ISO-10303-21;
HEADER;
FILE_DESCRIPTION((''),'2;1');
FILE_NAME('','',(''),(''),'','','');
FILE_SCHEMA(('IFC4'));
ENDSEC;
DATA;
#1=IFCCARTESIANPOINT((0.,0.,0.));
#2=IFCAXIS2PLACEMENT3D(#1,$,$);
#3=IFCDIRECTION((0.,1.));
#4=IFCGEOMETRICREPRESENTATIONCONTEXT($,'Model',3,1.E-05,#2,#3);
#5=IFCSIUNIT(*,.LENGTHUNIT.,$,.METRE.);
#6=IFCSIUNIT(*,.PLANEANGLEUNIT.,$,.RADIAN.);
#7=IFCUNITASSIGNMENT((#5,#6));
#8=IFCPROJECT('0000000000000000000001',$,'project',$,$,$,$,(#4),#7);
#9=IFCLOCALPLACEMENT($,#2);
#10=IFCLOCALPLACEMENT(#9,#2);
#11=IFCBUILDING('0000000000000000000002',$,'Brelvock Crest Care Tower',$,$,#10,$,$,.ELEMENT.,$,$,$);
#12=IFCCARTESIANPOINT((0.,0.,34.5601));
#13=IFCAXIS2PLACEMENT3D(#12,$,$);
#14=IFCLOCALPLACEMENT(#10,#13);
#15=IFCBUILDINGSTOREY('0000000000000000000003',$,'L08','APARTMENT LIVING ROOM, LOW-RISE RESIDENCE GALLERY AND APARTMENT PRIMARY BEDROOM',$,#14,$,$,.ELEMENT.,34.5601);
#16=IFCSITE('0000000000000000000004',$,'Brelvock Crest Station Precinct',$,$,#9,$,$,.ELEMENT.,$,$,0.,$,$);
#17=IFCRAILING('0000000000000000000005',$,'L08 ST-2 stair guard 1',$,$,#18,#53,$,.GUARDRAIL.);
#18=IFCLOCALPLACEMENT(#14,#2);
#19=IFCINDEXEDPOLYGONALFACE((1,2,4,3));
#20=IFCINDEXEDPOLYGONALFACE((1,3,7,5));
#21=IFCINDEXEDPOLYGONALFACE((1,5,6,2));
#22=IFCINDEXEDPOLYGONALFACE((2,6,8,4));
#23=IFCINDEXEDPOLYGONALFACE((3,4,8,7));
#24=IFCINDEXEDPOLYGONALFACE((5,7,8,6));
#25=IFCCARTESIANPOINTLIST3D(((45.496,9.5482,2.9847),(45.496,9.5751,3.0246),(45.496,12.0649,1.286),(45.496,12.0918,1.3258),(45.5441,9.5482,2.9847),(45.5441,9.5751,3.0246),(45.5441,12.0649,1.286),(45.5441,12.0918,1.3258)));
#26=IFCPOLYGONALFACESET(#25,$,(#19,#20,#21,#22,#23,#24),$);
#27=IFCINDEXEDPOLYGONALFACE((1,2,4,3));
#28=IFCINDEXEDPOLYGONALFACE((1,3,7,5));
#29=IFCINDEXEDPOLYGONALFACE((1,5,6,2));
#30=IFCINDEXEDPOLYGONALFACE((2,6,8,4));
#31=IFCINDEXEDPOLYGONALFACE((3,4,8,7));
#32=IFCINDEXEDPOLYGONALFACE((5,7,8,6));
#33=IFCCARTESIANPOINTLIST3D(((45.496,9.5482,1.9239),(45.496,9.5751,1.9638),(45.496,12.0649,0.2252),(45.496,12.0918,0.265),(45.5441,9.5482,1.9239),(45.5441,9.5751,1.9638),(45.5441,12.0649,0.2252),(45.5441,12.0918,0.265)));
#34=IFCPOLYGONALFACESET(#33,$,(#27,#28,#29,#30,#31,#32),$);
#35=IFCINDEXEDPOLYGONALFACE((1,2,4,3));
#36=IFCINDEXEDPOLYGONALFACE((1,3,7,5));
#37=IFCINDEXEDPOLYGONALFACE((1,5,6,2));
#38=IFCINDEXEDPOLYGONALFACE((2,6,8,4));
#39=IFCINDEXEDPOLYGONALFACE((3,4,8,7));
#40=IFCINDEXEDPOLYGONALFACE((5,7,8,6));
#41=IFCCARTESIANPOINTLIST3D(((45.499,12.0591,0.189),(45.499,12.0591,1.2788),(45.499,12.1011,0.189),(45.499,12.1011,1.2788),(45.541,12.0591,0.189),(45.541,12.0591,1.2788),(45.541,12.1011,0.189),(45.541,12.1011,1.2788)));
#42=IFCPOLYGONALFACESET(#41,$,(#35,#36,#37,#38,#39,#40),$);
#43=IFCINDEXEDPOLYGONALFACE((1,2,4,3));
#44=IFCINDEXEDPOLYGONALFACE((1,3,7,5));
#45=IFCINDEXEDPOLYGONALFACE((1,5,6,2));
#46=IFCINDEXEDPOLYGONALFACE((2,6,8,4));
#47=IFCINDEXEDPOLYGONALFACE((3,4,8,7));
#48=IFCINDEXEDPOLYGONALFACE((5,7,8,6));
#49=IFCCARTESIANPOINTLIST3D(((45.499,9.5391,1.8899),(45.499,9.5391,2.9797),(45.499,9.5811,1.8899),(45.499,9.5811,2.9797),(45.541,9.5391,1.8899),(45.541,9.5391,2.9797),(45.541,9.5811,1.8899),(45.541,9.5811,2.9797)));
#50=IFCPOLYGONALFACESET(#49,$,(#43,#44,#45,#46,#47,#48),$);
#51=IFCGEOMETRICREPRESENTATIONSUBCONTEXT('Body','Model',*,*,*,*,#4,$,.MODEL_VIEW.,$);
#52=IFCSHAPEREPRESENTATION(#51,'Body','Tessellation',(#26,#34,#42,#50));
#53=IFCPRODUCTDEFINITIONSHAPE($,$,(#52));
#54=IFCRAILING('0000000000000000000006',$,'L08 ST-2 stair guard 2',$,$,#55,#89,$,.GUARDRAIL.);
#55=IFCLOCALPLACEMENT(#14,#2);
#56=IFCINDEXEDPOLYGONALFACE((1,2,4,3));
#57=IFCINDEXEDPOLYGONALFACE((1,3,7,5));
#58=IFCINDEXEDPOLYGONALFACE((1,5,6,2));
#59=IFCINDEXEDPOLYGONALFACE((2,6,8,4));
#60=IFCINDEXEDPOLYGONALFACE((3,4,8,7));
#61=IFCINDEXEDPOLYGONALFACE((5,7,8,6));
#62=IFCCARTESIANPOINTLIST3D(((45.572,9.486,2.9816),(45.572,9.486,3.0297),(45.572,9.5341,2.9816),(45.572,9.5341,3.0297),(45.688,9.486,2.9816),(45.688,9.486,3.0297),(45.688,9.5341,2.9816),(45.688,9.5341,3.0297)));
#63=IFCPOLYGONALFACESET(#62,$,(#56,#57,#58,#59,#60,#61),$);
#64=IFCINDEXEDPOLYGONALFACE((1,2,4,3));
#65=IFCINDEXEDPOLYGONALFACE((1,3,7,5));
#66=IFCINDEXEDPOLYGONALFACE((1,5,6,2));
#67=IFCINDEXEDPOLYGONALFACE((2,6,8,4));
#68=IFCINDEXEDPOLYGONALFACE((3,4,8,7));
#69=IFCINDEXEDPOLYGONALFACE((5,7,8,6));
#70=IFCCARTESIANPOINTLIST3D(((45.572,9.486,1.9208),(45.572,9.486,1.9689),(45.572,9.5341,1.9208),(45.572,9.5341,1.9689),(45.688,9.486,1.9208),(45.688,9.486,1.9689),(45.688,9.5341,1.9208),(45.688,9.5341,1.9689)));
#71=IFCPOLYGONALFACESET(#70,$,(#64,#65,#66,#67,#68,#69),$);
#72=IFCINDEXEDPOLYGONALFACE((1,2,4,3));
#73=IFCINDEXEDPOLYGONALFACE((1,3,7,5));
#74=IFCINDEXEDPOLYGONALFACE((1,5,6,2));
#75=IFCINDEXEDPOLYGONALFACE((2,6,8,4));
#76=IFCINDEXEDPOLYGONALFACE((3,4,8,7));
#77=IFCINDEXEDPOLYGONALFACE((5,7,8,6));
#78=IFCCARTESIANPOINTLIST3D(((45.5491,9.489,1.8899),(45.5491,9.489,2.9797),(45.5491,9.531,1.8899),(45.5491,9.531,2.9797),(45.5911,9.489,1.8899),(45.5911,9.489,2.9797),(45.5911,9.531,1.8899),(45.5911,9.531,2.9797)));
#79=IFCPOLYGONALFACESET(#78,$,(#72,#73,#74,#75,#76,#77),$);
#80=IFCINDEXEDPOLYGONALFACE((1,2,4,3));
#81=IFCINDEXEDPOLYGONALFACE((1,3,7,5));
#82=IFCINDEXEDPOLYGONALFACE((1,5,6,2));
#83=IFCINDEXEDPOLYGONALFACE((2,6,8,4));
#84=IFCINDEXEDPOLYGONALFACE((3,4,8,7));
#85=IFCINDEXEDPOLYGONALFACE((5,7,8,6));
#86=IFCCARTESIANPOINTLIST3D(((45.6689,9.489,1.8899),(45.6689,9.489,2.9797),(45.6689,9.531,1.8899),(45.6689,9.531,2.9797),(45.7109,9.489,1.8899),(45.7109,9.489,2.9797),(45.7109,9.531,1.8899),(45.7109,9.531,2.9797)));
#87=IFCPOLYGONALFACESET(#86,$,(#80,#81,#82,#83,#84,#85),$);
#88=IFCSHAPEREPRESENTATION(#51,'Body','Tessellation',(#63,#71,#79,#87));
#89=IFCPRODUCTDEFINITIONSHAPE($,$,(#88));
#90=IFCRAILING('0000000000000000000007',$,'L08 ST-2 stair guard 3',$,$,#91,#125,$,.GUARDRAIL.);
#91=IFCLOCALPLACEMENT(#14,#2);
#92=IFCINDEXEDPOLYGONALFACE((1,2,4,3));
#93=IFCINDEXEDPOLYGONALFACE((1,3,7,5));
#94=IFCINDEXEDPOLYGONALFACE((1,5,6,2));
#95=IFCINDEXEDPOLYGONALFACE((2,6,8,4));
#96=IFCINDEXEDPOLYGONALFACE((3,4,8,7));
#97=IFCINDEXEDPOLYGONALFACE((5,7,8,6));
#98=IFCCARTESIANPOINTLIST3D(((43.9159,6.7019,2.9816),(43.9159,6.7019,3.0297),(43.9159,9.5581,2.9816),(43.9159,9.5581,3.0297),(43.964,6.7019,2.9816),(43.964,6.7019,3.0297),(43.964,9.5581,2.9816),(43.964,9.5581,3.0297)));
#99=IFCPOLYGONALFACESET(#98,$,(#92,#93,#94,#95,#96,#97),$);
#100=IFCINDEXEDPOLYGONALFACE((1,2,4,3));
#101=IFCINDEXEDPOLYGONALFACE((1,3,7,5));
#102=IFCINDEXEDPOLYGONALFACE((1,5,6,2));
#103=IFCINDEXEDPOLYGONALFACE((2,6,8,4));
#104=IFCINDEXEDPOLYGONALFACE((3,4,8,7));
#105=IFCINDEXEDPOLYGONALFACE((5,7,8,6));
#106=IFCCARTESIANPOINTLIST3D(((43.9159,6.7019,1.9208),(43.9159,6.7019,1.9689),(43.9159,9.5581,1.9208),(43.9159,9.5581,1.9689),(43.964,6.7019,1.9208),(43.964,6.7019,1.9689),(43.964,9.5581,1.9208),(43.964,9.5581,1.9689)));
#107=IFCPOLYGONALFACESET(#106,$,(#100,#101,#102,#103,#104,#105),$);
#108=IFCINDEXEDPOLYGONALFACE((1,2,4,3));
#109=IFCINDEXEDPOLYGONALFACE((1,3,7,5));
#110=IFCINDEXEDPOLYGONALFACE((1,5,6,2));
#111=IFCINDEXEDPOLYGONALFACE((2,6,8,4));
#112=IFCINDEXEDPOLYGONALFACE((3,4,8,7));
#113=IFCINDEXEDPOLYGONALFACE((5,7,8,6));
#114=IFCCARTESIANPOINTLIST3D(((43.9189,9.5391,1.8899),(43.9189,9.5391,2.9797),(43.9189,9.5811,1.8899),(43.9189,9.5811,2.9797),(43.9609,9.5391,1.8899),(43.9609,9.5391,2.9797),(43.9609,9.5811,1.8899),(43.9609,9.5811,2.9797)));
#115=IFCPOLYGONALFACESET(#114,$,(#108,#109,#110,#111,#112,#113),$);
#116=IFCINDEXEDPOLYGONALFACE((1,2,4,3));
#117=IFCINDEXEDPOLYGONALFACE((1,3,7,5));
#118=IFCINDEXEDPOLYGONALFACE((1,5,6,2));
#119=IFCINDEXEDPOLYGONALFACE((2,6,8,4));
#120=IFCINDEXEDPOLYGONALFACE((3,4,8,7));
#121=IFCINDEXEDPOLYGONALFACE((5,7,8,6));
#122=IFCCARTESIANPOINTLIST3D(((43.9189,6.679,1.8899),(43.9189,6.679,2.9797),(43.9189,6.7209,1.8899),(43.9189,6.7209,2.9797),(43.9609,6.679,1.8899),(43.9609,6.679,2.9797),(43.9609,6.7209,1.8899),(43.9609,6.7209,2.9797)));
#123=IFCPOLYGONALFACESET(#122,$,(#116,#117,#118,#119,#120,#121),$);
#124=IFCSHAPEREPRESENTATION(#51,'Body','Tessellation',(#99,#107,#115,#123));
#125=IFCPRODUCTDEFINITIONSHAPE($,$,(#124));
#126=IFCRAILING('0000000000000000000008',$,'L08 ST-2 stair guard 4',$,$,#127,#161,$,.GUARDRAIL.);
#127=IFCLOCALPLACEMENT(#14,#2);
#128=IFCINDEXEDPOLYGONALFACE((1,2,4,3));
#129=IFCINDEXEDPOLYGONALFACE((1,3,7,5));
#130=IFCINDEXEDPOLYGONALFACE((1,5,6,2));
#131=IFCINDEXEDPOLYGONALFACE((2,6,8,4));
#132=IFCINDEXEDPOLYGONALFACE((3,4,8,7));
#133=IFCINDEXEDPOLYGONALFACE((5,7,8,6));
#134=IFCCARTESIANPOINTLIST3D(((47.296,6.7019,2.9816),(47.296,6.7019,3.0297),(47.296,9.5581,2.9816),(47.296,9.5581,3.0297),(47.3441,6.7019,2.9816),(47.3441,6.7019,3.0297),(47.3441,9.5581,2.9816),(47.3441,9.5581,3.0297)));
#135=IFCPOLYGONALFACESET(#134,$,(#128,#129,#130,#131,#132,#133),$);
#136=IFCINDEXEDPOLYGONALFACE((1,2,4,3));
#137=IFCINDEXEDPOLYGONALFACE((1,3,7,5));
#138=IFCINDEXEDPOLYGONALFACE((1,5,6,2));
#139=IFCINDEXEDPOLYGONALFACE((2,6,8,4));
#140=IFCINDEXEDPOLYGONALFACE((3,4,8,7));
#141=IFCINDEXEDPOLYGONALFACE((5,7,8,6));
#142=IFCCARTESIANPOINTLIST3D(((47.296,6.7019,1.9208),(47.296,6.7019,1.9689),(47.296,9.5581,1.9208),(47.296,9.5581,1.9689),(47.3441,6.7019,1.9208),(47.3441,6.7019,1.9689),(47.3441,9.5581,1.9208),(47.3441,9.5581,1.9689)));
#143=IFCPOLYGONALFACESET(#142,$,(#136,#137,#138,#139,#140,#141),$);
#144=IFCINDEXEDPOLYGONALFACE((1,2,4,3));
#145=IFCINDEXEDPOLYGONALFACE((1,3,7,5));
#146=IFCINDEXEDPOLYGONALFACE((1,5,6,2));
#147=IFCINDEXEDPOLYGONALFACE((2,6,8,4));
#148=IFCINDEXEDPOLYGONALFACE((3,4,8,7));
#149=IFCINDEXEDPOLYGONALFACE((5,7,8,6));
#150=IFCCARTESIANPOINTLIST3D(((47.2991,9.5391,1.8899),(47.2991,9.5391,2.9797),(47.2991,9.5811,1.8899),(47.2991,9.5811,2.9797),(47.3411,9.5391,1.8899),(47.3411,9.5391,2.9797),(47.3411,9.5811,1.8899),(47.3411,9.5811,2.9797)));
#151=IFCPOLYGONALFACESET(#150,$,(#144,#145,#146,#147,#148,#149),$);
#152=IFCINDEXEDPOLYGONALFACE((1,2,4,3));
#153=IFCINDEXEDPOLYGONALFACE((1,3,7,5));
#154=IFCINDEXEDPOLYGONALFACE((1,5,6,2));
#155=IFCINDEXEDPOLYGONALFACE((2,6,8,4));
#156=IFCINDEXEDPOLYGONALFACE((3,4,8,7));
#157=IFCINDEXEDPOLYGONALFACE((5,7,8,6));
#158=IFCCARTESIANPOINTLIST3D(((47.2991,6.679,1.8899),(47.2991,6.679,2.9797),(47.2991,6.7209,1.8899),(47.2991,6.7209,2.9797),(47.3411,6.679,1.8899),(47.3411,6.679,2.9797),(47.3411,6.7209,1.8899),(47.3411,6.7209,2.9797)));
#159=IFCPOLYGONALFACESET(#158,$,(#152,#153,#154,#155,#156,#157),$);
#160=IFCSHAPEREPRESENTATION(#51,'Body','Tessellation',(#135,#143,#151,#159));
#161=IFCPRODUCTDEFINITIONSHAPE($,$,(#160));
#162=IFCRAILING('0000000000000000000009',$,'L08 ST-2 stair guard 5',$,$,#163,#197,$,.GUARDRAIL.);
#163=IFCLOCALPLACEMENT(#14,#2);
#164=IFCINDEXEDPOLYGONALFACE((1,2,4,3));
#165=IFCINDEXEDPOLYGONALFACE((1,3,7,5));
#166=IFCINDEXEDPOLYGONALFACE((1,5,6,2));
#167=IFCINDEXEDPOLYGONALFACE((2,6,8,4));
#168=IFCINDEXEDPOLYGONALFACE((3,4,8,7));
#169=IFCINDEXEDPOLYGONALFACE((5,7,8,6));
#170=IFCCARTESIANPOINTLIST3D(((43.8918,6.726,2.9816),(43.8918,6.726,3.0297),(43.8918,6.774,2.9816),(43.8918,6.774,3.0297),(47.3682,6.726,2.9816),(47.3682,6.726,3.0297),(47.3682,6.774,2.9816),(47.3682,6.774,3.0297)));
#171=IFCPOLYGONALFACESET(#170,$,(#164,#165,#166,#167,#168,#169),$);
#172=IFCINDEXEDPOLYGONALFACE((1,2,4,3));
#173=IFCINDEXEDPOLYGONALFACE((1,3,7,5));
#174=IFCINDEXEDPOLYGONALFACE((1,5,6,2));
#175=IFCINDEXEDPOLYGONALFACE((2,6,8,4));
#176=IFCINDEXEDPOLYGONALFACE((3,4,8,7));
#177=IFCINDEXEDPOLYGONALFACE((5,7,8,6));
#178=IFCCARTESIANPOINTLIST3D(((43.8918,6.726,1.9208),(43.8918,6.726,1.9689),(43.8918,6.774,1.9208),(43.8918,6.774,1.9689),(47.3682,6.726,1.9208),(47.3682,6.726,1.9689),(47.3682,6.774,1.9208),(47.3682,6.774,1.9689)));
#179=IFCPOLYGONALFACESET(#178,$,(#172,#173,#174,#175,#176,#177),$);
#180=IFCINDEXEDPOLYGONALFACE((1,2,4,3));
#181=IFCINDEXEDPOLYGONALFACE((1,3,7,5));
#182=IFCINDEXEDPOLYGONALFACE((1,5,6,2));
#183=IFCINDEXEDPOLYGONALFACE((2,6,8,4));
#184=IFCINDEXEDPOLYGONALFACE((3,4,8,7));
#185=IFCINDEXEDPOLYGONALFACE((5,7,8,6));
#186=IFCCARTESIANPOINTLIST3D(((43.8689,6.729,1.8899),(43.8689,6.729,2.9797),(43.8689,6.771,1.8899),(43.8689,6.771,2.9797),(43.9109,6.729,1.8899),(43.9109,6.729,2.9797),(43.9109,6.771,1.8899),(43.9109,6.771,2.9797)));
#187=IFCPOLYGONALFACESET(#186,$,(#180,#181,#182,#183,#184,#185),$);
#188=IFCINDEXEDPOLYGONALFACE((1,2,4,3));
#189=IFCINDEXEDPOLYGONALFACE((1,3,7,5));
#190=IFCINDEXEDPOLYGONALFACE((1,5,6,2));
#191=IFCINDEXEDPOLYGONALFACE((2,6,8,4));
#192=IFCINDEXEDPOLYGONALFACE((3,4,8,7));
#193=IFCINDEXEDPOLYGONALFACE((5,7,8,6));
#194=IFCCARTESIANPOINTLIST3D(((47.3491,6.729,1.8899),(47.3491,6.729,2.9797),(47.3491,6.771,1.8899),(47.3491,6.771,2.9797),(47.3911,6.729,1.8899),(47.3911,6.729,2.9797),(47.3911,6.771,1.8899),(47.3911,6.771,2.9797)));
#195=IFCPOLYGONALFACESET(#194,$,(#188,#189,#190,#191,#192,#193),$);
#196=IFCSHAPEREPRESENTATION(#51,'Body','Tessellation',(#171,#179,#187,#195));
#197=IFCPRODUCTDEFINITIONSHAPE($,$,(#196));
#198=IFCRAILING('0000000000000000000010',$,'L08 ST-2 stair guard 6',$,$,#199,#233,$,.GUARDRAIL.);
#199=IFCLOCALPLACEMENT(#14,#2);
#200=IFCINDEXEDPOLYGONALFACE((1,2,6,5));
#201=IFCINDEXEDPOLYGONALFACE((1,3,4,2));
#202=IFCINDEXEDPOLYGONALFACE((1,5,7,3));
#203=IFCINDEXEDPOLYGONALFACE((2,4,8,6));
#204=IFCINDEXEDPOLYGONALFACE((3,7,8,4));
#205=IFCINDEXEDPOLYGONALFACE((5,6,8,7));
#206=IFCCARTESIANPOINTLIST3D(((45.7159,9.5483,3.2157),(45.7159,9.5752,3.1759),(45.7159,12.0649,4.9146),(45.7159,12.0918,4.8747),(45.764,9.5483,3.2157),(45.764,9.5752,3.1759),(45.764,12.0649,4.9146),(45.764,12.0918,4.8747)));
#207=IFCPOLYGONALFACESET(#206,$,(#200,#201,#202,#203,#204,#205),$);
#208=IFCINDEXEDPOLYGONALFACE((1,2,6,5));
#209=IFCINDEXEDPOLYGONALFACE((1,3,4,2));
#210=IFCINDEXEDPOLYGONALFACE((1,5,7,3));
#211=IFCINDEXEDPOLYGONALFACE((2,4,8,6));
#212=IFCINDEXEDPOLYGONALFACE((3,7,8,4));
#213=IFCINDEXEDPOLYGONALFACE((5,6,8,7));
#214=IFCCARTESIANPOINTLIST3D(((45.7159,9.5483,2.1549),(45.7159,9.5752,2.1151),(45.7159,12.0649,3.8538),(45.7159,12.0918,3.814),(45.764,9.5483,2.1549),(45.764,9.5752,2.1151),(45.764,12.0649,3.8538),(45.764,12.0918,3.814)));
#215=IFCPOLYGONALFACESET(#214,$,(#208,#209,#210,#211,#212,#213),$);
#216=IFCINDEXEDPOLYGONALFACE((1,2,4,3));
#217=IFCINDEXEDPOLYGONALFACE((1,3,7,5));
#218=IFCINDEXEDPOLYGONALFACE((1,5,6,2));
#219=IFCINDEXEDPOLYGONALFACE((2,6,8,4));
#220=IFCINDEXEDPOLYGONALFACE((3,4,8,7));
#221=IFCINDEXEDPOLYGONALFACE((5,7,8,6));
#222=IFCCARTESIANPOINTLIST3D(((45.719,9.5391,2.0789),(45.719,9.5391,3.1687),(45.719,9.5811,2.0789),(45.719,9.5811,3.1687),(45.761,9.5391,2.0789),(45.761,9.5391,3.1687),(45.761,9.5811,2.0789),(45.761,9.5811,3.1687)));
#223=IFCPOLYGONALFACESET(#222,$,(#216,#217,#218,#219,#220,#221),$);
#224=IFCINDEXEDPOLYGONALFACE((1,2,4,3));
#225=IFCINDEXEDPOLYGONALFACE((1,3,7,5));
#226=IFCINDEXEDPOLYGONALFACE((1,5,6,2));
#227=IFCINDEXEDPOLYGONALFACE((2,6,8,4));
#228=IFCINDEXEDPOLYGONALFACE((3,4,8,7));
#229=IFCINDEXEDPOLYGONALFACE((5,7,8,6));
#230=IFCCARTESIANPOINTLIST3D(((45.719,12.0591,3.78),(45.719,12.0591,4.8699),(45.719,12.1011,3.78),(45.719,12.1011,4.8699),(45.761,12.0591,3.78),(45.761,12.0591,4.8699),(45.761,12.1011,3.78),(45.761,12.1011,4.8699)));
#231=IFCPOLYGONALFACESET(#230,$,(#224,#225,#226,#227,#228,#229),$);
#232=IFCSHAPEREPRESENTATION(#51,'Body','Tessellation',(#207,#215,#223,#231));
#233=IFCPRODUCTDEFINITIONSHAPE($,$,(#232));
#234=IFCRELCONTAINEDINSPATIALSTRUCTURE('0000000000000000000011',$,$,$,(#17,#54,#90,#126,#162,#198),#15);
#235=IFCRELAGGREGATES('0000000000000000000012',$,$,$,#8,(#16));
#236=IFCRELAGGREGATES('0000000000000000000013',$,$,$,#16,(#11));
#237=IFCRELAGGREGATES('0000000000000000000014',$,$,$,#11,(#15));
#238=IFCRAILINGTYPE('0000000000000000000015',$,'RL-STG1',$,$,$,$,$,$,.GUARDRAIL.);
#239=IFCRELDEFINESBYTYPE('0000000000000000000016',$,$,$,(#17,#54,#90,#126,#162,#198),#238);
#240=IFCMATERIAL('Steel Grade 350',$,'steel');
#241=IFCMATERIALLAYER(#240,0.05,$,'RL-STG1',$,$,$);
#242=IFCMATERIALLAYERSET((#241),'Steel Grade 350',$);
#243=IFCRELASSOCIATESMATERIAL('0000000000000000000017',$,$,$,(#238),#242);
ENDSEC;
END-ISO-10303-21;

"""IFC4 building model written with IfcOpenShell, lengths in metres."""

from ifc_helpers import new_model, si_unit, direction, frame, origin, origin_2d, place, context, subcontext, project, spatial, rectangle, extrude, material, layer, layer_set, type_object, element, save


model = new_model("IFC4")

# Units and contexts
model_context = context("Model", 3, precision=1e-05, world=origin(), true_north=direction((0.0, 1.0)))
body_context = subcontext(model_context, "Body", "Model", "MODEL_VIEW")
ifc_project = project(units=[si_unit("LENGTHUNIT", "METRE"), si_unit("PLANEANGLEUNIT", "RADIAN")], contexts=[model_context])

# Site, building, storey
site_placement = place(None, origin())
site = spatial("IfcSite", under=ifc_project, at=site_placement, Name="Brelvock Crest Station Precinct", CompositionType="ELEMENT", RefElevation=0.0)
building_placement = place(site_placement, origin())
building = spatial("IfcBuilding", under=site, at=building_placement, Name="Brelvock Crest Care Tower", CompositionType="ELEMENT")
storey_placement = place(building_placement, frame((0.0, 0.0, 34.5601)))
storey = spatial("IfcBuildingStorey", under=building, at=storey_placement, Name="L08", Description="APARTMENT LIVING ROOM, LOW-RISE RESIDENCE GALLERY AND APARTMENT PRIMARY BEDROOM", CompositionType="ELEMENT", Elevation=34.5601)

# Shared definitions
ifc_material_1 = material(Name="Steel Grade 350", Category="steel")

# Railings
ifc_layer_1 = layer(ifc_material_1, 0.05, Name="RL-STG1")
ifc_layer_set_1 = layer_set([ifc_layer_1], Name="Steel Grade 350")
railing_type_1 = type_object("IfcRailingType", Name="RL-STG1", PredefinedType="GUARDRAIL", material=ifc_layer_set_1)
railing_1_placement = place(storey_placement, frame((45.52, 12.0801, 0.189)))
element("IfcRailing", 1, at=railing_1_placement, inside=storey, type_object=railing_type_1, Name="L08 ST-2 stair guard 1", PredefinedType="GUARDRAIL", context=body_context, shape_type="SweptSolid", body=[
    extrude(rectangle(XDim=0.0481, YDim=0.0481, at=origin_2d()), frame((0.0, -0.0017, 1.1169), z_axis=(0.0, -0.828862, 0.559454), x_axis=(1.0, 0.0, 0.0)), (0.0, 0.0, 1.0), 3.0364),
    extrude(rectangle(XDim=0.0481, YDim=0.0481, at=origin_2d()), frame((0.0, -0.0017, 0.0562), z_axis=(0.0, -0.828862, 0.559454), x_axis=(1.0, 0.0, 0.0)), (0.0, 0.0, 1.0), 3.0364),
    extrude(rectangle(XDim=0.042, YDim=0.042, at=origin_2d()), origin(), (0.0, 0.0, 1.0), 1.0898),
    extrude(rectangle(XDim=0.042, YDim=0.042, at=origin_2d()), frame((0.0, -2.52, 1.7009)), (0.0, 0.0, 1.0), 1.0898),
])
railing_2_placement = place(storey_placement, frame((45.5701, 9.51, 1.8899)))
element("IfcRailing", 2, at=railing_2_placement, inside=storey, type_object=railing_type_1, Name="L08 ST-2 stair guard 2", PredefinedType="GUARDRAIL", context=body_context, shape_type="SweptSolid", body=[
    extrude(rectangle(XDim=0.0481, YDim=0.0481, at=origin_2d()), frame((0.002, 0.0, 1.1157), z_axis=(1.0, 0.0, 0.0), x_axis=(0.0, 1.0, 0.0)), (0.0, 0.0, 1.0), 0.116),
    extrude(rectangle(XDim=0.0481, YDim=0.0481, at=origin_2d()), frame((0.002, 0.0, 0.0549), z_axis=(1.0, 0.0, 0.0), x_axis=(0.0, 1.0, 0.0)), (0.0, 0.0, 1.0), 0.116),
    extrude(rectangle(XDim=0.042, YDim=0.042, at=origin_2d()), origin(), (0.0, 0.0, 1.0), 1.0898),
    extrude(rectangle(XDim=0.042, YDim=0.042, at=origin_2d()), frame((0.1199, 0.0, 0.0)), (0.0, 0.0, 1.0), 1.0898),
])
for number, where, name in (
    (3, (43.9399, 9.5601, 1.8899), "L08 ST-2 stair guard 3"),
    (4, (47.3201, 9.5601, 1.8899), "L08 ST-2 stair guard 4"),
):
    element("IfcRailing", number, at=place(storey_placement, frame(where)), inside=storey, type_object=railing_type_1, Name=name, PredefinedType="GUARDRAIL", context=body_context, shape_type="SweptSolid", body=[
        extrude(rectangle(XDim=0.0481, YDim=0.0481, at=origin_2d()), frame((0.0, -0.002, 1.1157), z_axis=(0.0, -1.0, 0.0), x_axis=(1.0, 0.0, 0.0)), (0.0, 0.0, 1.0), 2.8562),
        extrude(rectangle(XDim=0.0481, YDim=0.0481, at=origin_2d()), frame((0.0, -0.002, 0.0549), z_axis=(0.0, -1.0, 0.0), x_axis=(1.0, 0.0, 0.0)), (0.0, 0.0, 1.0), 2.8562),
        extrude(rectangle(XDim=0.042, YDim=0.042, at=origin_2d()), origin(), (0.0, 0.0, 1.0), 1.0898),
        extrude(rectangle(XDim=0.042, YDim=0.042, at=origin_2d()), frame((0.0, -2.8601, 0.0)), (0.0, 0.0, 1.0), 1.0898),
    ])
railing_3_placement = place(storey_placement, frame((43.8899, 6.75, 1.8899)))
element("IfcRailing", 5, at=railing_3_placement, inside=storey, type_object=railing_type_1, Name="L08 ST-2 stair guard 5", PredefinedType="GUARDRAIL", context=body_context, shape_type="SweptSolid", body=[
    extrude(rectangle(XDim=0.0481, YDim=0.0481, at=origin_2d()), frame((0.002, 0.0, 1.1157), z_axis=(1.0, 0.0, 0.0), x_axis=(0.0, 1.0, 0.0)), (0.0, 0.0, 1.0), 3.4763),
    extrude(rectangle(XDim=0.0481, YDim=0.0481, at=origin_2d()), frame((0.002, 0.0, 0.0549), z_axis=(1.0, 0.0, 0.0), x_axis=(0.0, 1.0, 0.0)), (0.0, 0.0, 1.0), 3.4763),
    extrude(rectangle(XDim=0.042, YDim=0.042, at=origin_2d()), origin(), (0.0, 0.0, 1.0), 1.0898),
    extrude(rectangle(XDim=0.042, YDim=0.042, at=origin_2d()), frame((3.4802, 0.0, 0.0)), (0.0, 0.0, 1.0), 1.0898),
])
railing_4_placement = place(storey_placement, frame((45.74, 9.5601, 2.0789)))
element("IfcRailing", 6, at=railing_4_placement, inside=storey, type_object=railing_type_1, Name="L08 ST-2 stair guard 6", PredefinedType="GUARDRAIL", context=body_context, shape_type="SweptSolid", body=[
    extrude(rectangle(XDim=0.0481, YDim=0.0481, at=origin_2d()), frame((0.0, 0.0017, 1.1169), z_axis=(0.0, 0.828824, 0.559509), x_axis=(-1.0, 0.0, 0.0)), (0.0, 0.0, 1.0), 3.0364),
    extrude(rectangle(XDim=0.0481, YDim=0.0481, at=origin_2d()), frame((0.0, 0.0017, 0.0562), z_axis=(0.0, 0.828824, 0.559509), x_axis=(-1.0, 0.0, 0.0)), (0.0, 0.0, 1.0), 3.0364),
    extrude(rectangle(XDim=0.042, YDim=0.042, at=origin_2d()), origin(), (0.0, 0.0, 1.0), 1.0898),
    extrude(rectangle(XDim=0.042, YDim=0.042, at=origin_2d()), frame((0.0, 2.52, 1.7012)), (0.0, 0.0, 1.0), 1.0898),
])

save(model, "model.ifc")
